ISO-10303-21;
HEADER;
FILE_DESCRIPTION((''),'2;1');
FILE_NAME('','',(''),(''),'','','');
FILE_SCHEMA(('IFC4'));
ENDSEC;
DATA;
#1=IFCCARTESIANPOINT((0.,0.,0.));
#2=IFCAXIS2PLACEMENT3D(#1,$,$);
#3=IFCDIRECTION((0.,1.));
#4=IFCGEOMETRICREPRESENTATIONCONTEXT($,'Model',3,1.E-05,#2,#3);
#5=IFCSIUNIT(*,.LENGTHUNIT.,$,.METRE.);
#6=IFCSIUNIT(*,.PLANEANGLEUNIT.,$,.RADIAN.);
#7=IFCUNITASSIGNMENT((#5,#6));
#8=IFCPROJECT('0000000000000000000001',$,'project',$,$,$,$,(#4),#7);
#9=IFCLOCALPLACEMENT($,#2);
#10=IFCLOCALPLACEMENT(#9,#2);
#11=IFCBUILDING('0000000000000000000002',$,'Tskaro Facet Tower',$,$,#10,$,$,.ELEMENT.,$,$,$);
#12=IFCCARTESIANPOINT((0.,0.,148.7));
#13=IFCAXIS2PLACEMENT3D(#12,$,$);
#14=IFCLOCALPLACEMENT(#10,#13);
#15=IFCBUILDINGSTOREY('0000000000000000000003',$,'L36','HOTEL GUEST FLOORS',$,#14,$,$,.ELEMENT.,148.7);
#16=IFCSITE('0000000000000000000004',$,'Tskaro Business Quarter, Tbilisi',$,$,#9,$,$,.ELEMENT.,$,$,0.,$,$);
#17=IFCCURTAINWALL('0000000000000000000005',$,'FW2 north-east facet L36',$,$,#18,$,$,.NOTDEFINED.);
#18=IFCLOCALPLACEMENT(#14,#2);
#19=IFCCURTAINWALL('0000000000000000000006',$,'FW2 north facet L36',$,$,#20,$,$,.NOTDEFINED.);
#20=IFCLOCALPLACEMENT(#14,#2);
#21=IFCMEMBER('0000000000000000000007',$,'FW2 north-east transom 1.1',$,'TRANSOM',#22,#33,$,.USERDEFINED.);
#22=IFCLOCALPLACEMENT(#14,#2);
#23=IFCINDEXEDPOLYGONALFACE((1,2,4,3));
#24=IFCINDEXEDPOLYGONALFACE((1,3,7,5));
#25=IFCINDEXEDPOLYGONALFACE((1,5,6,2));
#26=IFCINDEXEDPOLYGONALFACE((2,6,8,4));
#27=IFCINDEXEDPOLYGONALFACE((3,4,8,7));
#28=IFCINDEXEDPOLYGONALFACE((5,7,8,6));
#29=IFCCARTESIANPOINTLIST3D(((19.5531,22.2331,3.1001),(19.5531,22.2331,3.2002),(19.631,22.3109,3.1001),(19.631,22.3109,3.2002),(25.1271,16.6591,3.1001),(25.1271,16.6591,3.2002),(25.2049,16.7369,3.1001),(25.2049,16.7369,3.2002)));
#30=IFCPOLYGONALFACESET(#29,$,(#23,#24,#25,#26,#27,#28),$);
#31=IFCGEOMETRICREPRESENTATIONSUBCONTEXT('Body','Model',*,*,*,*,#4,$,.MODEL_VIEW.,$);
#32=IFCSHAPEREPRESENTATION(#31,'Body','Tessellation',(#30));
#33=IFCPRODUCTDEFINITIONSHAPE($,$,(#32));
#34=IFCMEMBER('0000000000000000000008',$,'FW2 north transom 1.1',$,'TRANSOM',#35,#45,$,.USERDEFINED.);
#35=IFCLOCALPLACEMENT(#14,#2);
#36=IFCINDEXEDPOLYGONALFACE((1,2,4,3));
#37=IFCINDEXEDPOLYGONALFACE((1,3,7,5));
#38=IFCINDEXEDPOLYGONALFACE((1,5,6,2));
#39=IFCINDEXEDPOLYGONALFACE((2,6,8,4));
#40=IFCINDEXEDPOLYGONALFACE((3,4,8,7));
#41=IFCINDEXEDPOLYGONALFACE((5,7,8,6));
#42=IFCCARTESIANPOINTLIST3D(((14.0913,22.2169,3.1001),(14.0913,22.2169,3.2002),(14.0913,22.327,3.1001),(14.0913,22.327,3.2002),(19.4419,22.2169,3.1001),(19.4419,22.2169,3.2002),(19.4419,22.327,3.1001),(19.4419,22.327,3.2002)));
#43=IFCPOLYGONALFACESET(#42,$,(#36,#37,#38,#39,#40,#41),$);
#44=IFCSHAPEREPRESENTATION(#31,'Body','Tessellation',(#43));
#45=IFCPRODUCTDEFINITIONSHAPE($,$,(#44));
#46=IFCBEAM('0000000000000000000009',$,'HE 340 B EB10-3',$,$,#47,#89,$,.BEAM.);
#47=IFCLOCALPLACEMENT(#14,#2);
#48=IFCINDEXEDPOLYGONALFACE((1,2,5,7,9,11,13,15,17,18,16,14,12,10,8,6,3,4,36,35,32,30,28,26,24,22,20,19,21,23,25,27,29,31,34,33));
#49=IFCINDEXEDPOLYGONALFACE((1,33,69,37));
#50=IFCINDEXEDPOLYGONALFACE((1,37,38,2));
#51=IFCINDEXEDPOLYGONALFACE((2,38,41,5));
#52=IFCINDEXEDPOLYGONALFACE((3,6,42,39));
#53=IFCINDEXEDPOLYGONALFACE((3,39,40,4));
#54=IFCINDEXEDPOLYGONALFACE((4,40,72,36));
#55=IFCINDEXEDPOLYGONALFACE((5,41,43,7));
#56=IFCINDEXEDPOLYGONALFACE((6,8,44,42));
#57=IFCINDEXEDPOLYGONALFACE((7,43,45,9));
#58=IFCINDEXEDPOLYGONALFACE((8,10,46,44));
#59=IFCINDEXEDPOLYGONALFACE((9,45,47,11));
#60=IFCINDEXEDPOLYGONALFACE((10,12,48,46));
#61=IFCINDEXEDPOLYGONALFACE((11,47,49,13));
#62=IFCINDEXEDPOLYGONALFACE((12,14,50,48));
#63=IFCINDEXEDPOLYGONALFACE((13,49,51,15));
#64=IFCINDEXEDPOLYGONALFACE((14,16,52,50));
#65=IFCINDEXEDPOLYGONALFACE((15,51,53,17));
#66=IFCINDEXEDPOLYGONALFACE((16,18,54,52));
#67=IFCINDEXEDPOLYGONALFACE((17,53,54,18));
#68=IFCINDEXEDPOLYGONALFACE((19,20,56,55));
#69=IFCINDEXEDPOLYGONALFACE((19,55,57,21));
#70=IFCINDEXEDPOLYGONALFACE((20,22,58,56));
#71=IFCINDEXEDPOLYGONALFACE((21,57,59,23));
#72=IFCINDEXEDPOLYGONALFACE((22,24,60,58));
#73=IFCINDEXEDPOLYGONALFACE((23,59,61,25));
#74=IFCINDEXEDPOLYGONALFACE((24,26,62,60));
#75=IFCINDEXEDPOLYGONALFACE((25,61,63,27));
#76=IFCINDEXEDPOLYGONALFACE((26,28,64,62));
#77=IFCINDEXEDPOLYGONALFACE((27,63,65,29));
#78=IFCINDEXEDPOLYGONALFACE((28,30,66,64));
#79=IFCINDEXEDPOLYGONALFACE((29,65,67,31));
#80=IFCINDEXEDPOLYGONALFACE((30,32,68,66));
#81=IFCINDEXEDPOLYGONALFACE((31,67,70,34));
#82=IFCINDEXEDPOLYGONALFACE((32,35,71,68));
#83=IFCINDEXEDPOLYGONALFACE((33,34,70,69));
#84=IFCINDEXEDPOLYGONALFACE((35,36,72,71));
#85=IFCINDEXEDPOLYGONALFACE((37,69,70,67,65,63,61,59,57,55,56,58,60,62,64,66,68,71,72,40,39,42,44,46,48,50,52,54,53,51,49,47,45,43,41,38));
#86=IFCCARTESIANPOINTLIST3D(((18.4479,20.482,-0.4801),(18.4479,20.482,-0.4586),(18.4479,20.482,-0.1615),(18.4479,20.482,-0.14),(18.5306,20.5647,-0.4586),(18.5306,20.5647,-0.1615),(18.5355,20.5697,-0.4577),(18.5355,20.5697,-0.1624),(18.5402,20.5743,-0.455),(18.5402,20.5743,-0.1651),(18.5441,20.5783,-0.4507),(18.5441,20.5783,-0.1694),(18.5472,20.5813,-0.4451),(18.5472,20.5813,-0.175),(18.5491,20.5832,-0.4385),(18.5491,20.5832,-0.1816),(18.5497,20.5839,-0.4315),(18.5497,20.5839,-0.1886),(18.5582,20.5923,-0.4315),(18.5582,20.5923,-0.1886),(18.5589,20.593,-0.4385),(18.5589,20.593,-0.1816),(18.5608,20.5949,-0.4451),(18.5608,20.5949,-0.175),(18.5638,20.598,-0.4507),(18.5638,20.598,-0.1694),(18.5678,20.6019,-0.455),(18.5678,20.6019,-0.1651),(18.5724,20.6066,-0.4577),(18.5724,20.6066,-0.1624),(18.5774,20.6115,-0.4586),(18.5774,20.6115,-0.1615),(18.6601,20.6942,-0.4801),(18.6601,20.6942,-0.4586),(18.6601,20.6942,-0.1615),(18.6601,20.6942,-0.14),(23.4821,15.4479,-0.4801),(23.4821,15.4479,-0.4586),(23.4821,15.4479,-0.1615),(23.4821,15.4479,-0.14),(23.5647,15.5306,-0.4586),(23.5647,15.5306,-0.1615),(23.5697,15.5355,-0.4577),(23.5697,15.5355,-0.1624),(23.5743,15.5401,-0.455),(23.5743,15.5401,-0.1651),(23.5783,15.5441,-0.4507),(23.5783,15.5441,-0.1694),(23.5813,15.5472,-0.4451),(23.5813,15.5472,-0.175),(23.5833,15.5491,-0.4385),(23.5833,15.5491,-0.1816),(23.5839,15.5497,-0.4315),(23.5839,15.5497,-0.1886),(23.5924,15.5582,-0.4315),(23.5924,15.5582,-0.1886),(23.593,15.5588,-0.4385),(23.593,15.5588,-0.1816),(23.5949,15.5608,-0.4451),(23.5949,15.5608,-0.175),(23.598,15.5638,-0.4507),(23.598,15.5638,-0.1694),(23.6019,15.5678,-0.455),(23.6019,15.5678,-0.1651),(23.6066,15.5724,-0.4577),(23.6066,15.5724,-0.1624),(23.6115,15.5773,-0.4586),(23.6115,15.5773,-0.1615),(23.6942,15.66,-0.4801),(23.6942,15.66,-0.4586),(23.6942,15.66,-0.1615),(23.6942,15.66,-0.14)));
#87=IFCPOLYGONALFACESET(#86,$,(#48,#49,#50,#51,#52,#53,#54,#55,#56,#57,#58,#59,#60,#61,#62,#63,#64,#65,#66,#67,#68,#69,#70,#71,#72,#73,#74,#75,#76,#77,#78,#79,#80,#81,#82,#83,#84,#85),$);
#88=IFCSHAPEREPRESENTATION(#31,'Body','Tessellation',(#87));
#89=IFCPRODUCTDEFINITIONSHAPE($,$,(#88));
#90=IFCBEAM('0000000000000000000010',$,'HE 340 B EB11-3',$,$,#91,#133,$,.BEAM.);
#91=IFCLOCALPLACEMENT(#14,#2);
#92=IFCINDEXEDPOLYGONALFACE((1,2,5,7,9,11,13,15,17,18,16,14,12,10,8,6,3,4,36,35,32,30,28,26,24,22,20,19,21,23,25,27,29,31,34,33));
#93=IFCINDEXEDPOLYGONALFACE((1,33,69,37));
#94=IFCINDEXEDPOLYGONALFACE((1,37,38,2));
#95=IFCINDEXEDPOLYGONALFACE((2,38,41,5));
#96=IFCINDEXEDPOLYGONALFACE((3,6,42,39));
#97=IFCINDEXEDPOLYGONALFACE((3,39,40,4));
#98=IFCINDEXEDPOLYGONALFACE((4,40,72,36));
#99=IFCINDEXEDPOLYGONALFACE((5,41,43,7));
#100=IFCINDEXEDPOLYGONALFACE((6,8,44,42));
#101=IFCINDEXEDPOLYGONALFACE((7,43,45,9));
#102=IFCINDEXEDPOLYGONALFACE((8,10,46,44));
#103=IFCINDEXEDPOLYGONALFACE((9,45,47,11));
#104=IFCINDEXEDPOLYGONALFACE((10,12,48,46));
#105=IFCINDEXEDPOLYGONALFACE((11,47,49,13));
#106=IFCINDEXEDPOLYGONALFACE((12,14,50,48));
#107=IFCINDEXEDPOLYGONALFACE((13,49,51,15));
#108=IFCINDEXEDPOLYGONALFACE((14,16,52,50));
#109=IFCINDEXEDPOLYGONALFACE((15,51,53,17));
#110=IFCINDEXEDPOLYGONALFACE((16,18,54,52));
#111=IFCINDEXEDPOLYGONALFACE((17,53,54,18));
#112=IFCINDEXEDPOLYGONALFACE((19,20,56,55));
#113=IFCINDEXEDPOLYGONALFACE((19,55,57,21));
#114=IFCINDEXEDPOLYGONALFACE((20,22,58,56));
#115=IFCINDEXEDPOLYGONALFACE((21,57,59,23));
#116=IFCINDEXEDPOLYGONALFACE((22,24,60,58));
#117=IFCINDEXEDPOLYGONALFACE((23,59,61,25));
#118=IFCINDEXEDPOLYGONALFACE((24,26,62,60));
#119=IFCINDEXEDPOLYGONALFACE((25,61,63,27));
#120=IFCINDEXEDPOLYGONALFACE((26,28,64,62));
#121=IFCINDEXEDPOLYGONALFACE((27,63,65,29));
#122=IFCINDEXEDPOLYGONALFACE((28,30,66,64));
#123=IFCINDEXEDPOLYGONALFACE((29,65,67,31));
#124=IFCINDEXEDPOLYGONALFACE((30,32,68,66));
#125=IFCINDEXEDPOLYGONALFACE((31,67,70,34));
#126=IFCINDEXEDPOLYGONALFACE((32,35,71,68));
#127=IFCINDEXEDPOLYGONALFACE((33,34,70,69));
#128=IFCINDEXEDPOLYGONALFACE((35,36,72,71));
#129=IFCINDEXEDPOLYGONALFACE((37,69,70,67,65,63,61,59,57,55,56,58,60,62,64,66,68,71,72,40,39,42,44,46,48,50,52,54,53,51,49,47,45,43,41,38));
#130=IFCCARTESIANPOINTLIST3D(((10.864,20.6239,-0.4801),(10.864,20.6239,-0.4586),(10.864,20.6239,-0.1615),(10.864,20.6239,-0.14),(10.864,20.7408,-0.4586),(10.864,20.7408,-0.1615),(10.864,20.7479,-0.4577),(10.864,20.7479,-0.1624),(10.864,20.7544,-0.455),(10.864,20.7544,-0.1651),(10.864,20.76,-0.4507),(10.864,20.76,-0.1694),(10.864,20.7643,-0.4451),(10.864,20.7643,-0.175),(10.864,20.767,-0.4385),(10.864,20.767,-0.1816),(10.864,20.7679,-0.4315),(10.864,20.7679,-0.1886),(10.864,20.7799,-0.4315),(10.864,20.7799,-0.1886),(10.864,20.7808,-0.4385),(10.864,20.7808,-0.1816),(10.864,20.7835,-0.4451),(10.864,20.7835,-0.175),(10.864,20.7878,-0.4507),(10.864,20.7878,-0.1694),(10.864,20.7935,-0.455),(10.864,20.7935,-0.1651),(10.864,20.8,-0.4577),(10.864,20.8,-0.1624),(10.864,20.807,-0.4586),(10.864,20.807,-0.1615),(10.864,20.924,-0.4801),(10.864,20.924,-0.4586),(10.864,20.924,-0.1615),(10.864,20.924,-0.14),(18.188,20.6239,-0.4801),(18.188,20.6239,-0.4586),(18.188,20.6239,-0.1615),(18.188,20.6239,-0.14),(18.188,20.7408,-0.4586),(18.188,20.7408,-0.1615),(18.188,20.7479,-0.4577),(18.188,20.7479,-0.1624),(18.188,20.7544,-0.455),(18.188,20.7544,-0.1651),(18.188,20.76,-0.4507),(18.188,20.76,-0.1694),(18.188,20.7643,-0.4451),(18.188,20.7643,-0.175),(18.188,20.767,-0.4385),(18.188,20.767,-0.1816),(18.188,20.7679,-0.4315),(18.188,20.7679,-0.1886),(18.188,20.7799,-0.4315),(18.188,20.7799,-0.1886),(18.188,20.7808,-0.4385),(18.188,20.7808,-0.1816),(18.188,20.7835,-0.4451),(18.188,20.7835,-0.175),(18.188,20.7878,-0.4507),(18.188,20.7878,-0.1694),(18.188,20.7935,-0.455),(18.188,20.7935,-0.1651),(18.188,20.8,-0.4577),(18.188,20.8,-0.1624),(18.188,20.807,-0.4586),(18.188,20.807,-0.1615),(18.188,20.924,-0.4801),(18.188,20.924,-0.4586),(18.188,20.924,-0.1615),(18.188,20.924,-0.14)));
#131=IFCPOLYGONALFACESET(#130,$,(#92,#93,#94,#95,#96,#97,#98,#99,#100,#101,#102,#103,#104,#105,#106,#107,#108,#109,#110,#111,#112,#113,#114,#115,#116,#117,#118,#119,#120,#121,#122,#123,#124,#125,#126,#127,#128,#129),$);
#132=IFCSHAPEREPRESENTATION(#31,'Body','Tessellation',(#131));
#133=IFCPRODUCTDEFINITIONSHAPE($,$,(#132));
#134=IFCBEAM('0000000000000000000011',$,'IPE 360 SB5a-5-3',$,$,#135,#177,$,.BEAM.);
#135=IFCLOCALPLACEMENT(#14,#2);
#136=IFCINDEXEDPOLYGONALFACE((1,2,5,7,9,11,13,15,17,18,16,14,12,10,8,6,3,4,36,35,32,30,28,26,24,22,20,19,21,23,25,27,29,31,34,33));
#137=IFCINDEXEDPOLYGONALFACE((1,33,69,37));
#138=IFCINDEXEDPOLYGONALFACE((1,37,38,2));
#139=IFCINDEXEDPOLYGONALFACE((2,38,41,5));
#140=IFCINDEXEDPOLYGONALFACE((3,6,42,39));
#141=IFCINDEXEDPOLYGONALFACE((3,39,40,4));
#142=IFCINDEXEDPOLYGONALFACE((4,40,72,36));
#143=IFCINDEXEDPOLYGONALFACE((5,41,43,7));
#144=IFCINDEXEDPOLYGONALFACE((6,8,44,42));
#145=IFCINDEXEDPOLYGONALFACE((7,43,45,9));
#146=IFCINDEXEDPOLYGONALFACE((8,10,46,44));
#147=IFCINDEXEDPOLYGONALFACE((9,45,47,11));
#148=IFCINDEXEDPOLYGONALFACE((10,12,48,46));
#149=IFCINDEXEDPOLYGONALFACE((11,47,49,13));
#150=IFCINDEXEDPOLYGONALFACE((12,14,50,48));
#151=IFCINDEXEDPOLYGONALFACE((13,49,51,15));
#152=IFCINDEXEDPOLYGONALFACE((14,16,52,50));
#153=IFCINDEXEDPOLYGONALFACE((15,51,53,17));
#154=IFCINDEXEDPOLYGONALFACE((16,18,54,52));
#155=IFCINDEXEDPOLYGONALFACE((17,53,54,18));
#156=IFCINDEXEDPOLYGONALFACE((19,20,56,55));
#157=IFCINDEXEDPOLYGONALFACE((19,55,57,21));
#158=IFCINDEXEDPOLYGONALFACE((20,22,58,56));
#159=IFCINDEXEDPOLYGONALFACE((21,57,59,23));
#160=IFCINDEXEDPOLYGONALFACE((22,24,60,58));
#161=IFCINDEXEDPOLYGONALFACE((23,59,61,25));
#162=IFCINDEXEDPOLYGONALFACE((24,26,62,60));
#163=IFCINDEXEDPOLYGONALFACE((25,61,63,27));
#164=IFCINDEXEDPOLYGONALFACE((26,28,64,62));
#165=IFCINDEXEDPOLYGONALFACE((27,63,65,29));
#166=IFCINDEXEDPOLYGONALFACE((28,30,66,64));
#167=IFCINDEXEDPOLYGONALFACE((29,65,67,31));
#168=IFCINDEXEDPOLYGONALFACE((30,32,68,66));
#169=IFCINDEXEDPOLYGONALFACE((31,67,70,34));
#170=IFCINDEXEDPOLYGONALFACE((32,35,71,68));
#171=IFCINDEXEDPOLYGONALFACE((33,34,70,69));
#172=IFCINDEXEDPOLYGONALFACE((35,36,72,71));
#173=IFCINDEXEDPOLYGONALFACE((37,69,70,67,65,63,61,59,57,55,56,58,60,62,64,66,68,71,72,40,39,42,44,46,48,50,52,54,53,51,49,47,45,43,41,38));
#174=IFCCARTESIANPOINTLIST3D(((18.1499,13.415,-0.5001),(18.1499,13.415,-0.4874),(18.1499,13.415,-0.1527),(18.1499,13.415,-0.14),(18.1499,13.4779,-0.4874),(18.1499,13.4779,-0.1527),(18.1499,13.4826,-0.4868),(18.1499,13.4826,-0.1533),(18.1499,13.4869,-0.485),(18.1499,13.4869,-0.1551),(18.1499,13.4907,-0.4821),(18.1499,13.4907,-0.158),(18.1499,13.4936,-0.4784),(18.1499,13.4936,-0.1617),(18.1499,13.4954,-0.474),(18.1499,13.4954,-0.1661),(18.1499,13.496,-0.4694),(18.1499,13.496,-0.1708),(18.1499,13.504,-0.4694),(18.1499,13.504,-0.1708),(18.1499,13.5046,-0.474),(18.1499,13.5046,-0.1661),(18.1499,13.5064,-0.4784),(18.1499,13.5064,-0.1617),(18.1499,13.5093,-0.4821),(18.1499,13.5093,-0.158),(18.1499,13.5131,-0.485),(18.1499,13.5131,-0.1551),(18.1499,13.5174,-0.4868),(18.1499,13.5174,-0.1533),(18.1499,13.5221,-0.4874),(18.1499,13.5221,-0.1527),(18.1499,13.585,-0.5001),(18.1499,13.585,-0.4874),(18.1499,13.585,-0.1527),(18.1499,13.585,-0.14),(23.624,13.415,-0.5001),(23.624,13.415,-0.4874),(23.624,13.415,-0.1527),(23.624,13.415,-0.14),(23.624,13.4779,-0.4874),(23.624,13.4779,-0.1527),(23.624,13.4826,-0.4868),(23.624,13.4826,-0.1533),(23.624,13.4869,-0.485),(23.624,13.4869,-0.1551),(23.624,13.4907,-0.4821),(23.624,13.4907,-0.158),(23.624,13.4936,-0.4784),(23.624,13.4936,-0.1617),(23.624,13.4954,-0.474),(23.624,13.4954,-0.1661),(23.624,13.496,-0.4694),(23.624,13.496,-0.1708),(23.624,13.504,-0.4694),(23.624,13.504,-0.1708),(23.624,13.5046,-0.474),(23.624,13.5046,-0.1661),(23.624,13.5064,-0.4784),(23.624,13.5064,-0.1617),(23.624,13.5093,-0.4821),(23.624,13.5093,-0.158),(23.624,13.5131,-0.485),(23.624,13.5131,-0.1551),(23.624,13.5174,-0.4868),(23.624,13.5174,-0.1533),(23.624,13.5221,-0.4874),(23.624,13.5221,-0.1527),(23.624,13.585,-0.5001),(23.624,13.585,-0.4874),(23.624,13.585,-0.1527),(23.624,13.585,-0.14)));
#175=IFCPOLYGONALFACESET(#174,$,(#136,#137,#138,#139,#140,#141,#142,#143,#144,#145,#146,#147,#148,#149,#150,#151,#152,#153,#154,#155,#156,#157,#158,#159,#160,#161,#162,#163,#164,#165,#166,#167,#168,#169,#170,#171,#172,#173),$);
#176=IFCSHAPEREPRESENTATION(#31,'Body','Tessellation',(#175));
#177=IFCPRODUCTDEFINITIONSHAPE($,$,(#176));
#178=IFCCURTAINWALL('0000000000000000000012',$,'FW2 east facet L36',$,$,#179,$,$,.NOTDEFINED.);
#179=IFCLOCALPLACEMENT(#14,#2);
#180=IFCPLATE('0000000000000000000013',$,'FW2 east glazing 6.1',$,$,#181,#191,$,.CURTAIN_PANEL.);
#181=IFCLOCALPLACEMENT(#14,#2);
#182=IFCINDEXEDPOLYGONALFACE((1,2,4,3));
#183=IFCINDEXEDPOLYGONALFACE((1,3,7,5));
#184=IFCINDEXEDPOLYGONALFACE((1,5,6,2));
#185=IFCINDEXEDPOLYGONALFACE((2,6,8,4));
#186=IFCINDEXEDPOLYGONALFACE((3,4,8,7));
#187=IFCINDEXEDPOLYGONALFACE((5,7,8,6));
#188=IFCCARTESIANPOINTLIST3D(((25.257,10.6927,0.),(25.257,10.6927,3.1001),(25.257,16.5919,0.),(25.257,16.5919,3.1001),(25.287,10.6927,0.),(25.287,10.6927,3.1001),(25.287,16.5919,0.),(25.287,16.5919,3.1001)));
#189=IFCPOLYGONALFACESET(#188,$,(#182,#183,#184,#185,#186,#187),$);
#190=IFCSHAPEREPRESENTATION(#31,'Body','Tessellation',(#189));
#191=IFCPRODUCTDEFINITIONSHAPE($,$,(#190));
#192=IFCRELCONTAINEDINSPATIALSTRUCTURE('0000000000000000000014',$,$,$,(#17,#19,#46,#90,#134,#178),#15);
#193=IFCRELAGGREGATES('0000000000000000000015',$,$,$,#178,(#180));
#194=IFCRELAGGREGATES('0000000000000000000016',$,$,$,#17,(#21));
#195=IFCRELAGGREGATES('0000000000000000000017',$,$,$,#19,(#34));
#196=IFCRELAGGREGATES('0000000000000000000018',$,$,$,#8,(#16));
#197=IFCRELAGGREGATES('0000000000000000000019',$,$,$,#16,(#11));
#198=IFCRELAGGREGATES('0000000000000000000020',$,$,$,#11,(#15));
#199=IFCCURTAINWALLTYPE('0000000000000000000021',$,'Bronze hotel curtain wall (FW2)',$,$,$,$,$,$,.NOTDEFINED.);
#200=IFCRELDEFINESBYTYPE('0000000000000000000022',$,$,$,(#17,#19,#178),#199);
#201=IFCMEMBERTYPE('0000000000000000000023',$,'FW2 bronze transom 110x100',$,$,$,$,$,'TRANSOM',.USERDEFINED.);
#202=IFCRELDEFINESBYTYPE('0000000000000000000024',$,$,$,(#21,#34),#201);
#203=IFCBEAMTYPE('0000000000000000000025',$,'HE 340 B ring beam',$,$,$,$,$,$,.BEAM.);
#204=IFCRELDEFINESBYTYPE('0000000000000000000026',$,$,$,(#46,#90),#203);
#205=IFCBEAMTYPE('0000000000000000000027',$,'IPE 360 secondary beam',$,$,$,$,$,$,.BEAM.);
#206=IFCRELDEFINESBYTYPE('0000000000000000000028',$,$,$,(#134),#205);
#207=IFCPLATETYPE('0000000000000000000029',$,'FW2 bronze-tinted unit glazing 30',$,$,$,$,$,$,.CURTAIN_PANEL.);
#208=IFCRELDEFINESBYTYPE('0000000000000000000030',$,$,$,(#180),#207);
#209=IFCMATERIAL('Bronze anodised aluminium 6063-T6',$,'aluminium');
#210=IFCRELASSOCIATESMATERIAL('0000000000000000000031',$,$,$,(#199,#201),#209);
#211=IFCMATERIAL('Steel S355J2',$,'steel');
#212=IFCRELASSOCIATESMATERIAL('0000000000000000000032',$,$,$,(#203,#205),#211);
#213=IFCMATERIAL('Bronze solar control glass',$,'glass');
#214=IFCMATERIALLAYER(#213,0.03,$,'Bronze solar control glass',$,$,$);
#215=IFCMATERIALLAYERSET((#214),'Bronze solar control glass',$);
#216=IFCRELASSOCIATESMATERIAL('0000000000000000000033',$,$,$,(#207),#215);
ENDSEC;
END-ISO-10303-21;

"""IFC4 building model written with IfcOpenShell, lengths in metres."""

from ifc_helpers import new_model, si_unit, direction, frame, origin, origin_2d, place, context, subcontext, project, spatial, rectangle, i_section, extrude, material, layer, layer_set, material_profile, profile_set, type_object, element, aggregate, save


model = new_model("IFC4")

# Units and contexts
model_context = context("Model", 3, precision=1e-05, world=origin(), true_north=direction((0.0, 1.0)))
body_context = subcontext(model_context, "Body", "Model", "MODEL_VIEW")
ifc_project = project(units=[si_unit("LENGTHUNIT", "METRE"), si_unit("PLANEANGLEUNIT", "RADIAN")], contexts=[model_context])

# Site, building, storey
site_placement = place(None, origin())
site = spatial("IfcSite", under=ifc_project, at=site_placement, Name="Tskaro Business Quarter, Tbilisi", CompositionType="ELEMENT", RefElevation=0.0)
building_placement = place(site_placement, origin())
building = spatial("IfcBuilding", under=site, at=building_placement, Name="Tskaro Facet Tower", CompositionType="ELEMENT")
storey_placement = place(building_placement, frame((0.0, 0.0, 148.7)))
storey = spatial("IfcBuildingStorey", under=building, at=storey_placement, Name="L36", Description="HOTEL GUEST FLOORS", CompositionType="ELEMENT", Elevation=148.7)

# Curtain walls
ifc_material_1 = material(Name="Bronze anodised aluminium 6063-T6", Category="aluminium")
curtain_wall_type = type_object("IfcCurtainWallType", Name="Bronze hotel curtain wall (FW2)", PredefinedType="NOTDEFINED", material=ifc_material_1)
curtain_wall_1_placement = place(storey_placement, origin())
curtain_wall_1 = element("IfcCurtainWall", 1, at=curtain_wall_1_placement, inside=storey, type_object=curtain_wall_type, Name="FW2 north-east facet L36", PredefinedType="NOTDEFINED")
curtain_wall_2_placement = place(storey_placement, origin())
curtain_wall_2 = element("IfcCurtainWall", 2, at=curtain_wall_2_placement, inside=storey, type_object=curtain_wall_type, Name="FW2 north facet L36", PredefinedType="NOTDEFINED")

# Members
ifc_material_profile_1 = material_profile(ifc_material_1, rectangle(XDim=0.1101, YDim=0.1001, at=origin_2d()), Name="Transom 110x100")
ifc_profile_set_1 = profile_set([ifc_material_profile_1], Name="Bronze anodised aluminium 6063-T6")
member_type_1 = type_object("IfcMemberType", Name="FW2 bronze transom 110x100", ElementType="TRANSOM", PredefinedType="USERDEFINED", material=ifc_profile_set_1)
member_1_placement = place(storey_placement, frame((25.166, 16.698, 3.1501), z_axis=(-0.707107, 0.707107, 0.0), x_axis=(-0.707107, -0.707107, 0.0)))
member_1 = element("IfcMember", 3, at=member_1_placement, type_object=member_type_1, Name="FW2 north-east transom 1.1", ObjectType="TRANSOM", PredefinedType="USERDEFINED", context=body_context, shape_type="SweptSolid", body=[
    extrude(rectangle(XDim=0.1101, YDim=0.1001, at=origin_2d()), origin(), (0.0, 0.0, 1.0), 7.8828),
])
member_2_placement = place(storey_placement, frame((19.4419, 22.272, 3.1501), z_axis=(-1.0, 0.0, 0.0), x_axis=(0.0, -1.0, 0.0)))
member_2 = element("IfcMember", 4, at=member_2_placement, type_object=member_type_1, Name="FW2 north transom 1.1", ObjectType="TRANSOM", PredefinedType="USERDEFINED", context=body_context, shape_type="SweptSolid", body=[
    extrude(rectangle(XDim=0.1101, YDim=0.1001, at=origin_2d()), origin(), (0.0, 0.0, 1.0), 5.3506),
])

# Beams
ifc_material_2 = material(Name="Steel S355J2", Category="steel")
ifc_material_profile_2 = material_profile(ifc_material_2, i_section(OverallWidth=0.3, OverallDepth=0.3401, WebThickness=0.012, FlangeThickness=0.0215, FilletRadius=0.0271, at=origin_2d()), Name="HE 340 B")
ifc_profile_set_2 = profile_set([ifc_material_profile_2], Name="Steel S355J2")
beam_type_1 = type_object("IfcBeamType", Name="HE 340 B ring beam", PredefinedType="BEAM", material=ifc_profile_set_2)
beam_1_placement = place(storey_placement, frame((23.5881, 15.554, -0.3101), z_axis=(-0.707107, 0.707107, 0.0), x_axis=(-0.707107, -0.707107, 0.0)))
element("IfcBeam", 5, at=beam_1_placement, inside=storey, type_object=beam_type_1, Name="HE 340 B EB10-3", PredefinedType="BEAM", context=body_context, shape_type="SweptSolid", body=[
    extrude(i_section(OverallWidth=0.3, OverallDepth=0.3401, WebThickness=0.012, FlangeThickness=0.0215, FilletRadius=0.0271, at=origin_2d()), origin(), (0.0, 0.0, 1.0), 7.1194),
])
beam_2_placement = place(storey_placement, frame((18.188, 20.7739, -0.3101), z_axis=(-1.0, 0.0, 0.0), x_axis=(0.0, -1.0, 0.0)))
element("IfcBeam", 6, at=beam_2_placement, inside=storey, type_object=beam_type_1, Name="HE 340 B EB11-3", PredefinedType="BEAM", context=body_context, shape_type="SweptSolid", body=[
    extrude(i_section(OverallWidth=0.3, OverallDepth=0.3401, WebThickness=0.012, FlangeThickness=0.0215, FilletRadius=0.0271, at=origin_2d()), origin(), (0.0, 0.0, 1.0), 7.324),
])
ifc_material_profile_3 = material_profile(ifc_material_2, i_section(OverallWidth=0.1699, OverallDepth=0.3601, WebThickness=0.0081, FlangeThickness=0.0127, FilletRadius=0.0181, at=origin_2d()), Name="IPE 360")
ifc_profile_set_3 = profile_set([ifc_material_profile_3], Name="Steel S355J2")
beam_type_2 = type_object("IfcBeamType", Name="IPE 360 secondary beam", PredefinedType="BEAM", material=ifc_profile_set_3)
beam_3_placement = place(storey_placement, frame((18.1499, 13.5, -0.3201), z_axis=(1.0, 0.0, 0.0), x_axis=(0.0, 1.0, 0.0)))
element("IfcBeam", 7, at=beam_3_placement, inside=storey, type_object=beam_type_2, Name="IPE 360 SB5a-5-3", PredefinedType="BEAM", context=body_context, shape_type="SweptSolid", body=[
    extrude(i_section(OverallWidth=0.1699, OverallDepth=0.3601, WebThickness=0.0081, FlangeThickness=0.0127, FilletRadius=0.0181, at=origin_2d()), origin(), (0.0, 0.0, 1.0), 5.4741),
])

# Curtain wall, plate
curtain_wall_3_placement = place(storey_placement, origin())
curtain_wall_3 = element("IfcCurtainWall", 8, at=curtain_wall_3_placement, inside=storey, type_object=curtain_wall_type, Name="FW2 east facet L36", PredefinedType="NOTDEFINED")
ifc_material_3 = material(Name="Bronze solar control glass", Category="glass")
ifc_layer_1 = layer(ifc_material_3, 0.03, Name="Bronze solar control glass")
ifc_layer_set_1 = layer_set([ifc_layer_1], Name="Bronze solar control glass")
plate_type = type_object("IfcPlateType", Name="FW2 bronze-tinted unit glazing 30", PredefinedType="CURTAIN_PANEL", material=ifc_layer_set_1)
plate_1_placement = place(storey_placement, frame((25.272, 13.6423, 0.0), z_axis=(0.0, 0.0, 1.0), x_axis=(0.0, 1.0, 0.0)))
plate_1 = element("IfcPlate", 9, at=plate_1_placement, type_object=plate_type, Name="FW2 east glazing 6.1", PredefinedType="CURTAIN_PANEL", context=body_context, shape_type="SweptSolid", body=[
    extrude(rectangle(XDim=5.8992, YDim=0.03, at=origin_2d()), origin(), (0.0, 0.0, 1.0), 3.1001),
])
aggregate(curtain_wall_3, [plate_1])

aggregate(curtain_wall_1, [member_1])
aggregate(curtain_wall_2, [member_2])

save(model, "model.ifc")
